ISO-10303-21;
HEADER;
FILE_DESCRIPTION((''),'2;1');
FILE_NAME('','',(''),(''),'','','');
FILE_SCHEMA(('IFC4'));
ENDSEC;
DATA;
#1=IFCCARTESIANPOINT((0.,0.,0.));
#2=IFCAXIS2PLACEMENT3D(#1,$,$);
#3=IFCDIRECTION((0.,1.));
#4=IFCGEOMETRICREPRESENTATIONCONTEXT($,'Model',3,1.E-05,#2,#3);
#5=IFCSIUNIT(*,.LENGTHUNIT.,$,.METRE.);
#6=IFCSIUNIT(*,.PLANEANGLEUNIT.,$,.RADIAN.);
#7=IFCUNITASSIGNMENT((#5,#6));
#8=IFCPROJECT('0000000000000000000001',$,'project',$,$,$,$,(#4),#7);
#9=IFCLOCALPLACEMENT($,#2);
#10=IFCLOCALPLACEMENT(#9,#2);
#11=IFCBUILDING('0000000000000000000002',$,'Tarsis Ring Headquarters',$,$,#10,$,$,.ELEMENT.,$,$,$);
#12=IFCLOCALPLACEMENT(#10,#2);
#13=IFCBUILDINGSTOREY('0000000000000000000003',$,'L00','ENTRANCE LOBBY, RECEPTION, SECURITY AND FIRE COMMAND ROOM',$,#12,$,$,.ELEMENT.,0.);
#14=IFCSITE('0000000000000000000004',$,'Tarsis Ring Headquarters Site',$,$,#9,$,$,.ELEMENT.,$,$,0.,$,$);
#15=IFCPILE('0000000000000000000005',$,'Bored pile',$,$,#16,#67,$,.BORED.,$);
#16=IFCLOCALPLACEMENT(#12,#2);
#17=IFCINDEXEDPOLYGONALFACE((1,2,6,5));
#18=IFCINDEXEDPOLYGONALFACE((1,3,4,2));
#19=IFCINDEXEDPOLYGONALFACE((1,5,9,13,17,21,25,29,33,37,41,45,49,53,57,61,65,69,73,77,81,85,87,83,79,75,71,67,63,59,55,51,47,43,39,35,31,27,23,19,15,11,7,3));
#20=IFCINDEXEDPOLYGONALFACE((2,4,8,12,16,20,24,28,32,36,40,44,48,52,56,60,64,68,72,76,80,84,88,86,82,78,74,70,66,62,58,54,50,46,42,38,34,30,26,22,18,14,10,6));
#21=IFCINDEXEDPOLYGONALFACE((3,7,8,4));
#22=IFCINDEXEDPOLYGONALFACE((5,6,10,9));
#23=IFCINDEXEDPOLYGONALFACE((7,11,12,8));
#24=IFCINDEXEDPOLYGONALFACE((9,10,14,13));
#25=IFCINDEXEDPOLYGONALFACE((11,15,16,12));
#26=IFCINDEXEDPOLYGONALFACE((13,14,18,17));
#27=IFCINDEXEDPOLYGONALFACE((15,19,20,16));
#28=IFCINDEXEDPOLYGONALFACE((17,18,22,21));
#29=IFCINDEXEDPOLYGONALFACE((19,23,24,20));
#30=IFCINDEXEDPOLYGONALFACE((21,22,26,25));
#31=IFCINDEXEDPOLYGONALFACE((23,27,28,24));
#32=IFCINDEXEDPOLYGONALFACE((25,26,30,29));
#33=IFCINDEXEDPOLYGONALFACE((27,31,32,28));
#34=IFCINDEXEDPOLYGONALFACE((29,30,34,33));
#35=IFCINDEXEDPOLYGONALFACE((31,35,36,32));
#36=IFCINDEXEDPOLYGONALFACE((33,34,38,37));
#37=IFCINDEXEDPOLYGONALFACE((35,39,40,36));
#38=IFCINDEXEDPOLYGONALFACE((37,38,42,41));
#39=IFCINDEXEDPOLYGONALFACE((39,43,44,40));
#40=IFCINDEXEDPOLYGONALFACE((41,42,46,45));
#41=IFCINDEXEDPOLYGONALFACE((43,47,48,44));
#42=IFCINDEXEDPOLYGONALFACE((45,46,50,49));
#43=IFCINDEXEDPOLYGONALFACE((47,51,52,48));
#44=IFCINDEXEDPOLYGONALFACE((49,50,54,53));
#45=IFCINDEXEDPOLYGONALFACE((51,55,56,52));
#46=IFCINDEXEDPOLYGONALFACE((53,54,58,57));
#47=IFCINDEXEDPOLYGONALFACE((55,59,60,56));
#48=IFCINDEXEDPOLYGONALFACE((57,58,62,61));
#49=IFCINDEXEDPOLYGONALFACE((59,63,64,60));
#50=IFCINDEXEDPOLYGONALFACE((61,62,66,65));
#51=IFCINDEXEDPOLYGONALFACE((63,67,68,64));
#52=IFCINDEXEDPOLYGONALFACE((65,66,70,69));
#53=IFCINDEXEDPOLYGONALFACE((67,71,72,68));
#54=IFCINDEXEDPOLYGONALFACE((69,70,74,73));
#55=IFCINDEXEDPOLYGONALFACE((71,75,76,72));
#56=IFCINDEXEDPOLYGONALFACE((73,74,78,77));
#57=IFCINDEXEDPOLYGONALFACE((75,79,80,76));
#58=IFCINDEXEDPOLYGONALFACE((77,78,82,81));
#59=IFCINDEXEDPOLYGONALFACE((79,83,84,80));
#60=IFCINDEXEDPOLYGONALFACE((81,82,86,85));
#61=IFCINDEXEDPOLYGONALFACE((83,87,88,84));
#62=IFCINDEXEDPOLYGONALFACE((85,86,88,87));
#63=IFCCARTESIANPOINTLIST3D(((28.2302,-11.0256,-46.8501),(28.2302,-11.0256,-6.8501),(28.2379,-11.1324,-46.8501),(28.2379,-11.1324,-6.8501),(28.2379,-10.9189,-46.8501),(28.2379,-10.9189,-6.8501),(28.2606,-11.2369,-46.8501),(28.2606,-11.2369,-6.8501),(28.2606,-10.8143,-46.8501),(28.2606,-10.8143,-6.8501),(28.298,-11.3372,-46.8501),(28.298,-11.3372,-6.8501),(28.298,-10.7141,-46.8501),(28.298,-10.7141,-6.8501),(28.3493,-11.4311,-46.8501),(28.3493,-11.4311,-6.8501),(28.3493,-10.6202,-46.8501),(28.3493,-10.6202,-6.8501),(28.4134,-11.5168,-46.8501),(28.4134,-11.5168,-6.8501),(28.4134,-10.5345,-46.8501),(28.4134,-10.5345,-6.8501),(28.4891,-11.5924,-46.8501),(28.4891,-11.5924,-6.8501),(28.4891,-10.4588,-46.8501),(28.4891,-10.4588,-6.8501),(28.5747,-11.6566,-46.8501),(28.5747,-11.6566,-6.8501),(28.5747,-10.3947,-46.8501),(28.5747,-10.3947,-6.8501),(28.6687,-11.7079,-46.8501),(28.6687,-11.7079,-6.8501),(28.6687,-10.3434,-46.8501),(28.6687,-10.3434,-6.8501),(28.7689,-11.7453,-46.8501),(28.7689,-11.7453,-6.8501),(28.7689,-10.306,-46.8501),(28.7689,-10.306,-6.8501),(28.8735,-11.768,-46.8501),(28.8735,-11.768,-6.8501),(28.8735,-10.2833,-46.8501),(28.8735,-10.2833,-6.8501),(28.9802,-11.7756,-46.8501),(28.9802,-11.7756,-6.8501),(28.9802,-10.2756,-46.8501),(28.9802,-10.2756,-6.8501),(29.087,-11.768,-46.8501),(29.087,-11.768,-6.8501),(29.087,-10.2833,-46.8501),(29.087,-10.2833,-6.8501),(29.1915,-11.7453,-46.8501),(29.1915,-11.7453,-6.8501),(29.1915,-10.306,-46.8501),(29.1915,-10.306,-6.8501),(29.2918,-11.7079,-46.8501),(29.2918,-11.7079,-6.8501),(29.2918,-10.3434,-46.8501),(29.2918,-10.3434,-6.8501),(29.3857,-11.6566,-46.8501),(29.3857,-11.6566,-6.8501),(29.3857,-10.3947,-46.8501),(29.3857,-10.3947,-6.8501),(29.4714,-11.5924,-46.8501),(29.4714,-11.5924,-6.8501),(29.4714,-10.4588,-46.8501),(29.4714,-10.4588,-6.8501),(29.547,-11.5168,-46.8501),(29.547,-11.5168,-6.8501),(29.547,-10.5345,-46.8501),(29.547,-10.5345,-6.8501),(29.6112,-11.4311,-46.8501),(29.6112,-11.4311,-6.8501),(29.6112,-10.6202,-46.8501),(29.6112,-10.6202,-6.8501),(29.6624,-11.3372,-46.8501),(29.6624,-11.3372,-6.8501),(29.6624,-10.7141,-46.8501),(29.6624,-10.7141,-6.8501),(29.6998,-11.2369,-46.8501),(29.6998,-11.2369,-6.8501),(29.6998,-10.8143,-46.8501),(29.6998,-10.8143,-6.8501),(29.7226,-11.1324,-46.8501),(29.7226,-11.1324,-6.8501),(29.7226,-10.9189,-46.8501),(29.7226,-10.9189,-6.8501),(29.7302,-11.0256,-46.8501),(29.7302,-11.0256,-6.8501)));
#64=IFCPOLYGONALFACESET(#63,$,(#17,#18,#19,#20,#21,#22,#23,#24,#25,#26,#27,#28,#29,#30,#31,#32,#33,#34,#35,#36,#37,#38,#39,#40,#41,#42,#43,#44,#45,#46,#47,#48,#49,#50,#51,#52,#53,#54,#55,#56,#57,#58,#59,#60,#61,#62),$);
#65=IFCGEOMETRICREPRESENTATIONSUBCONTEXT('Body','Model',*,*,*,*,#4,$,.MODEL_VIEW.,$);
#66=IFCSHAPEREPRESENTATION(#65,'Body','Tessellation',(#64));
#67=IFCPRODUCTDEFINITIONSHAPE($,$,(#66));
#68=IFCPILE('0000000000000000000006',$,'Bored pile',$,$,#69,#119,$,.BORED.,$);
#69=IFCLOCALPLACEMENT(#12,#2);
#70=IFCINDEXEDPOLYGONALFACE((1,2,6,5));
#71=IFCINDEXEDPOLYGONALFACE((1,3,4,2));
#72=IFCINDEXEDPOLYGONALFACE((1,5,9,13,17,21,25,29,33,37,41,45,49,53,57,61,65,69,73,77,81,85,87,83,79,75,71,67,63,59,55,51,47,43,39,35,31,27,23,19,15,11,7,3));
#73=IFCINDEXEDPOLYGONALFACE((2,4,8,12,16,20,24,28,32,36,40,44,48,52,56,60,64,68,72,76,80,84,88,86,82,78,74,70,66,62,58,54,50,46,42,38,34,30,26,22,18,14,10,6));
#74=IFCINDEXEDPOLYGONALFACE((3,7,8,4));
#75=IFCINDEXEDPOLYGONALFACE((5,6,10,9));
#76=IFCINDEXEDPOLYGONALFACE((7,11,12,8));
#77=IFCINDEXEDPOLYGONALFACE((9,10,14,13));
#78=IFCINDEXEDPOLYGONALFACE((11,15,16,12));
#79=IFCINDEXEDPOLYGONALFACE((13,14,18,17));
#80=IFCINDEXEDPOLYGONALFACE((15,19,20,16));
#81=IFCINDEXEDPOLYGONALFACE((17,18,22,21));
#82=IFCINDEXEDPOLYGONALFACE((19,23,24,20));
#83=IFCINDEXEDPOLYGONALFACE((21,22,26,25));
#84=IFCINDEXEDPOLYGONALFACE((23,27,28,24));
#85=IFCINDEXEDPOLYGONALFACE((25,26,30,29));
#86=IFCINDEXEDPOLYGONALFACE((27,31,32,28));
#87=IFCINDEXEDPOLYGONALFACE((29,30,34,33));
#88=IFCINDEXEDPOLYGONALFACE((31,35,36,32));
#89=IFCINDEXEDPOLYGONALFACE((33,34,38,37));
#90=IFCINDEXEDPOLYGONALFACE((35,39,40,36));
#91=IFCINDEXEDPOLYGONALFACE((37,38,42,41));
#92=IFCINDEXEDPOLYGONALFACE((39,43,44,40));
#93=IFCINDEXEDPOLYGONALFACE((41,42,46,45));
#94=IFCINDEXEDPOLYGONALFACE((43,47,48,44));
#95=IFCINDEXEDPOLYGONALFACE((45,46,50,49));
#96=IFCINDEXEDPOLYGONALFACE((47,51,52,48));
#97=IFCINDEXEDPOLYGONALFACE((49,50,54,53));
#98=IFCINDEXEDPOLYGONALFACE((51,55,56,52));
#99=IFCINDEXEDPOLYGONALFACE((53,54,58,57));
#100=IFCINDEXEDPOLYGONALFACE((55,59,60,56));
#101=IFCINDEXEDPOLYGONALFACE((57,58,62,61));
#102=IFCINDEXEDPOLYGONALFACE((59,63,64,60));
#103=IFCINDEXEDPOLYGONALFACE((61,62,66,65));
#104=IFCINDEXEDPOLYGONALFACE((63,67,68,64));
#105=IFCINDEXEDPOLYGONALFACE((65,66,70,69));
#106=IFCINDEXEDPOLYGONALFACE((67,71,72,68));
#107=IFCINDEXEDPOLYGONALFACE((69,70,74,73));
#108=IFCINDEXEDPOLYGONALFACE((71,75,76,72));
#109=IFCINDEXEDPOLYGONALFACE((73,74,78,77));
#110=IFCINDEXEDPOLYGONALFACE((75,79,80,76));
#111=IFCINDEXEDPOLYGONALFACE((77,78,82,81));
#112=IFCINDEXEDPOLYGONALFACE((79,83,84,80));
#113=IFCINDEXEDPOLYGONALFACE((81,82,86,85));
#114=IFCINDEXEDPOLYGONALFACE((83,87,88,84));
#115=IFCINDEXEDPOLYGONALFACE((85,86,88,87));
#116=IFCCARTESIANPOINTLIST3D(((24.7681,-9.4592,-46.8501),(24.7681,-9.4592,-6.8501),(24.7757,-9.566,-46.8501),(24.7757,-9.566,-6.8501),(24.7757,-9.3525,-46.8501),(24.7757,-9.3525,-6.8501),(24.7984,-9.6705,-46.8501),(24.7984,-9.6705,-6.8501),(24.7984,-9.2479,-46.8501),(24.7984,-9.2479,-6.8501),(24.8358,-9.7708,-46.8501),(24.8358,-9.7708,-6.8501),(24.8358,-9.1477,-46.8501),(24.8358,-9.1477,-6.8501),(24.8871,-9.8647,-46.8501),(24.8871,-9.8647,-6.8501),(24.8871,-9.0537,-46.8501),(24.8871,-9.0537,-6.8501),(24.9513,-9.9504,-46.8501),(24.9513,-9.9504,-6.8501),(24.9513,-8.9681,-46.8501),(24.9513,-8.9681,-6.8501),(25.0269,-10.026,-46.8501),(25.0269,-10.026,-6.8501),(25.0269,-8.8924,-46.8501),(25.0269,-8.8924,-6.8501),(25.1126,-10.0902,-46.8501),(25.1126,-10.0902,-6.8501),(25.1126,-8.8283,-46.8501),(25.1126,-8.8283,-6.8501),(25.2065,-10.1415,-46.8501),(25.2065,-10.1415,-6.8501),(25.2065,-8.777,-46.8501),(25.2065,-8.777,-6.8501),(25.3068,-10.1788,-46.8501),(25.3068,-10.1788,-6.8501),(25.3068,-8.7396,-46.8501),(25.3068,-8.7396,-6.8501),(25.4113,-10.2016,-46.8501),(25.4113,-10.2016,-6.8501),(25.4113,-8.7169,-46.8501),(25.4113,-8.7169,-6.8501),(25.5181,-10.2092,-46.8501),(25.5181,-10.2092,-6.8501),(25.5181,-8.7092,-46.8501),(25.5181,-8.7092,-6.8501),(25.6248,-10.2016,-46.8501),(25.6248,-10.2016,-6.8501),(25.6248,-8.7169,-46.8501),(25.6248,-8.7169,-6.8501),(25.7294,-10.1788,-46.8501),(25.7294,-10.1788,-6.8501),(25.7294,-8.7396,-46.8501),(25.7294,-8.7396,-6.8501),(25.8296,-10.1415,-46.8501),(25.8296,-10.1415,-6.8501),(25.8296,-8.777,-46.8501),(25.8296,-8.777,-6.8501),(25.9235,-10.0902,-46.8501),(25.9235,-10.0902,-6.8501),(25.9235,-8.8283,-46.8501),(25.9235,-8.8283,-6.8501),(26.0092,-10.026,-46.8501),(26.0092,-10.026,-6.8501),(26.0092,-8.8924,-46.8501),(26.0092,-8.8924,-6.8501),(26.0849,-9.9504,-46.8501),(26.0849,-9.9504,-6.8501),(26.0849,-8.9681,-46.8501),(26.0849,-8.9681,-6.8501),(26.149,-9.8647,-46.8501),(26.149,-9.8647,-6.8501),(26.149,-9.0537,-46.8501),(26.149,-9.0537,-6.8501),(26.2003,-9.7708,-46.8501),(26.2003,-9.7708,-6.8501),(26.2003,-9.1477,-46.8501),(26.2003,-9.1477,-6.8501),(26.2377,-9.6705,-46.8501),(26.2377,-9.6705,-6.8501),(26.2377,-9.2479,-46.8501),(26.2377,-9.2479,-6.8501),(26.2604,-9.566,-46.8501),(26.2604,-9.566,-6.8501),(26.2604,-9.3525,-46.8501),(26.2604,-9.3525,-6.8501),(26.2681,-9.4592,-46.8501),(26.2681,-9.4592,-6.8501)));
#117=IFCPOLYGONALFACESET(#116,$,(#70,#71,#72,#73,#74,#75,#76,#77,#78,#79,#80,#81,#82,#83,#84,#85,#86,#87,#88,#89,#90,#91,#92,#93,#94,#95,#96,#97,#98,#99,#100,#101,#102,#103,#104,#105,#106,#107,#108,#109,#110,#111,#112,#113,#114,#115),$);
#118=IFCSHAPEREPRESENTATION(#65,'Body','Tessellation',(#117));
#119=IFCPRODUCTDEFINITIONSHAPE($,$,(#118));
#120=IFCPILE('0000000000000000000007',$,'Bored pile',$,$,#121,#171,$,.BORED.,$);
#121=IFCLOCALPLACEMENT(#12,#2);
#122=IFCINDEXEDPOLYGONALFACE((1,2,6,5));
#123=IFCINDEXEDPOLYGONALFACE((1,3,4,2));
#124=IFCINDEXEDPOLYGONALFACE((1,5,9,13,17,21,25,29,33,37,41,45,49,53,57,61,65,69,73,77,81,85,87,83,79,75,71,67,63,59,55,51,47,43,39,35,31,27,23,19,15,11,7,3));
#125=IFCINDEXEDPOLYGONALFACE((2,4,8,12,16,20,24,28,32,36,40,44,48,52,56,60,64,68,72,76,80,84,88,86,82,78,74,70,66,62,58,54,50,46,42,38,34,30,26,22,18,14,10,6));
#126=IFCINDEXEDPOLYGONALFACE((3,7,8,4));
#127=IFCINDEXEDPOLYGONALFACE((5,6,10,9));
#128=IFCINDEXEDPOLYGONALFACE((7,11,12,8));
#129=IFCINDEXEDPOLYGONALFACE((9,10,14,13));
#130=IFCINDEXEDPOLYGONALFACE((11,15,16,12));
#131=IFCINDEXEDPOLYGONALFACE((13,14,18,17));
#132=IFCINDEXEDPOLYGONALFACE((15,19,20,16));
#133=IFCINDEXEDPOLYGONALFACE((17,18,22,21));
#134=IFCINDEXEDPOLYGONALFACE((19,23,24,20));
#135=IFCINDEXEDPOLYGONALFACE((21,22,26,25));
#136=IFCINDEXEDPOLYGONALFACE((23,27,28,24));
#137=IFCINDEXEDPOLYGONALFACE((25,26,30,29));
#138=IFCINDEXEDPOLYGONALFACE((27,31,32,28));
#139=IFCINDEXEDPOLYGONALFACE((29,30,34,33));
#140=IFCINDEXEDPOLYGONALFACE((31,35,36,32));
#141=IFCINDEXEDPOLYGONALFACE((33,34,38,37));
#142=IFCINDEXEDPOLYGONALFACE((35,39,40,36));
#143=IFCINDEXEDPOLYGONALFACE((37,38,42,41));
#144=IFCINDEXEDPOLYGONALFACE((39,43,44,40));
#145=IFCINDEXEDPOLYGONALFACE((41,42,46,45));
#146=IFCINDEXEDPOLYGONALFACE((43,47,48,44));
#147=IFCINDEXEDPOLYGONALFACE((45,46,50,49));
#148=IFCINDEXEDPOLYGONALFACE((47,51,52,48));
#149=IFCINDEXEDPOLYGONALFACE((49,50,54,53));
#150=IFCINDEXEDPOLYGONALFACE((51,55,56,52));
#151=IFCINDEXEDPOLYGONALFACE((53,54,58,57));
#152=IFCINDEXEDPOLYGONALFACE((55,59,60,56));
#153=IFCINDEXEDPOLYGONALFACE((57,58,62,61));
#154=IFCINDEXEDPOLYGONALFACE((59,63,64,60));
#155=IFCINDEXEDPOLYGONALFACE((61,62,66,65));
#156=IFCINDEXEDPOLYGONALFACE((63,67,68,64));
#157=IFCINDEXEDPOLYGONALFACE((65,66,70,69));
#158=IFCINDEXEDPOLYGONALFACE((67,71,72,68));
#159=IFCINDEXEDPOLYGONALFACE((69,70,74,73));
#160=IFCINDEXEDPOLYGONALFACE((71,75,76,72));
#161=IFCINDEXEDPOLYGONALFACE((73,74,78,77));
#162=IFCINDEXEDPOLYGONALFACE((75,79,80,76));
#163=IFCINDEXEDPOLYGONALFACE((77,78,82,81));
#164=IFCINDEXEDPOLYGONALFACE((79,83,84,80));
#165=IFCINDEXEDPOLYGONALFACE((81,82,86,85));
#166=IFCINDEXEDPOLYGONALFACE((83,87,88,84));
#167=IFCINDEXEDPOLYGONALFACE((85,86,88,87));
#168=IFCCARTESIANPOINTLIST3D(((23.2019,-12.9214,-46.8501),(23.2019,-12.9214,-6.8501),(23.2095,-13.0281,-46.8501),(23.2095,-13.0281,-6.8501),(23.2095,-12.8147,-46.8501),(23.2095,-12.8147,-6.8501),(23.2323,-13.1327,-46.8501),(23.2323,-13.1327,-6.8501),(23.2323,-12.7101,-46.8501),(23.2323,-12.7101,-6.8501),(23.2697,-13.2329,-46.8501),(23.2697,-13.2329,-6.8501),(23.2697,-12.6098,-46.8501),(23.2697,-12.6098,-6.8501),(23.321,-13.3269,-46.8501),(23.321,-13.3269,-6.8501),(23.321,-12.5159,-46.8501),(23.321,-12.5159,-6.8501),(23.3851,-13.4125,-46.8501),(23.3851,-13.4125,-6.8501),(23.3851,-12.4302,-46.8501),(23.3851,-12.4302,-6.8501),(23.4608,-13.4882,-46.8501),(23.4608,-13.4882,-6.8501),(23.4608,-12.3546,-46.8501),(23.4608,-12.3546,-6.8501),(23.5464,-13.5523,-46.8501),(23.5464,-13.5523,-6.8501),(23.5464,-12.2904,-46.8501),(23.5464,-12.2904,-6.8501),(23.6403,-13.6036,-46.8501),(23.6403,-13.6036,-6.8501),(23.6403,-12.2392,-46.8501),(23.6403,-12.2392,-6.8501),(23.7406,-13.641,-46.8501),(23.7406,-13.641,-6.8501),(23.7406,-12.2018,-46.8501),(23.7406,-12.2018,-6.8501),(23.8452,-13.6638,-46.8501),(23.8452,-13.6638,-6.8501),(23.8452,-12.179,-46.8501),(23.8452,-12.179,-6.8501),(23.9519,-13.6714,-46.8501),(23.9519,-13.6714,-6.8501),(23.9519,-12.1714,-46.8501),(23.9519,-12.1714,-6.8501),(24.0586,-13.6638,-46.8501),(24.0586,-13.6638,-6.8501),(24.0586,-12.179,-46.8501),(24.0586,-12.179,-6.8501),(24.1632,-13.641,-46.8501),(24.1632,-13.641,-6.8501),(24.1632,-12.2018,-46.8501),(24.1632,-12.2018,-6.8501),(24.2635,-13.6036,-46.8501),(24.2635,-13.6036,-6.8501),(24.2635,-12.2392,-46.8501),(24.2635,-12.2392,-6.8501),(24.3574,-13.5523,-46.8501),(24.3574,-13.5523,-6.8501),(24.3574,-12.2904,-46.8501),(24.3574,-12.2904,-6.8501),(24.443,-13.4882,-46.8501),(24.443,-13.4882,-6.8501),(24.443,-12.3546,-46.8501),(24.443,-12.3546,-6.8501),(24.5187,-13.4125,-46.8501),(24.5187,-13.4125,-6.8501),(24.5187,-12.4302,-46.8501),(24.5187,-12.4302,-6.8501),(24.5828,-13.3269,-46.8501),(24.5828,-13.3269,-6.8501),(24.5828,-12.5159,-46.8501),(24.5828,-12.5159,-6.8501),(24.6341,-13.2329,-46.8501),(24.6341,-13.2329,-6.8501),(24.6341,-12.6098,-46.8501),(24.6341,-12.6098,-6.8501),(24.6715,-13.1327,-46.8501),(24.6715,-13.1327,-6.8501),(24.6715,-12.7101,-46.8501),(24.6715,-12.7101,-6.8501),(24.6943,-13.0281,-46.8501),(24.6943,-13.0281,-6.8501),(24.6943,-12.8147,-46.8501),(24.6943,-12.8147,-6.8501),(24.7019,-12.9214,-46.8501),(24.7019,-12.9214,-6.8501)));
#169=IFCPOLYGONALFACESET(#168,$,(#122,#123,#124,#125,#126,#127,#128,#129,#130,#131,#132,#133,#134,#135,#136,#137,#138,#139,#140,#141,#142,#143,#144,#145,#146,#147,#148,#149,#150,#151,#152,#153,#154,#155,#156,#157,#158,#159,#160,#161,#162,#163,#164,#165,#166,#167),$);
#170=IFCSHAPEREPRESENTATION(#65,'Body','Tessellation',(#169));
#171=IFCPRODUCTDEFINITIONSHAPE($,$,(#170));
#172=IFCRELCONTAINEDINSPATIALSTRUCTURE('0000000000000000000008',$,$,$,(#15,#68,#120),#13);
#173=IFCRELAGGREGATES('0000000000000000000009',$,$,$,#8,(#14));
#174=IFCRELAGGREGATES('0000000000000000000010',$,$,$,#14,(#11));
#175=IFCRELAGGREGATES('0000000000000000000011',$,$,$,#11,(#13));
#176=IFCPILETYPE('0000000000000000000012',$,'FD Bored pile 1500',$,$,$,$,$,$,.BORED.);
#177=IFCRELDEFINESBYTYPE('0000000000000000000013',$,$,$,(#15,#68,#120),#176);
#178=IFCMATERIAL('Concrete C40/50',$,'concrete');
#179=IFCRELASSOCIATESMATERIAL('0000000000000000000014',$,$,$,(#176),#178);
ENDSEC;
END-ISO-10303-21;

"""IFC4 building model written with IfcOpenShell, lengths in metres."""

from ifc_helpers import new_model, si_unit, direction, frame, origin, origin_2d, place, context, subcontext, project, spatial, circle, extrude, material, material_profile, profile_set, type_object, element, save


model = new_model("IFC4")

# Units and contexts
model_context = context("Model", 3, precision=1e-05, world=origin(), true_north=direction((0.0, 1.0)))
body_context = subcontext(model_context, "Body", "Model", "MODEL_VIEW")
ifc_project = project(units=[si_unit("LENGTHUNIT", "METRE"), si_unit("PLANEANGLEUNIT", "RADIAN")], contexts=[model_context])

# Site, building, storey
site_placement = place(None, origin())
site = spatial("IfcSite", under=ifc_project, at=site_placement, Name="Tarsis Ring Headquarters Site", CompositionType="ELEMENT", RefElevation=0.0)
building_placement = place(site_placement, origin())
building = spatial("IfcBuilding", under=site, at=building_placement, Name="Tarsis Ring Headquarters", CompositionType="ELEMENT")
storey_placement = place(building_placement, origin())
storey = spatial("IfcBuildingStorey", under=building, at=storey_placement, Name="L00", Description="ENTRANCE LOBBY, RECEPTION, SECURITY AND FIRE COMMAND ROOM", CompositionType="ELEMENT", Elevation=0.0)

# Piles
ifc_material_1 = material(Name="Concrete C40/50", Category="concrete")
ifc_material_profile_1 = material_profile(ifc_material_1, circle(Radius=0.75, at=origin_2d()), Name="BORED 1500")
ifc_profile_set_1 = profile_set([ifc_material_profile_1], Name="Concrete C40/50")
pile_type_1 = type_object("IfcPileType", Name="FD Bored pile 1500", PredefinedType="BORED", material=ifc_profile_set_1)
for number, where, z_axis, x_axis, name in (
    (1, (28.9802, -11.0256, -6.8501), (0.0, 0.0, -1.0), (1.0, 0.0, 0.0), "Bored pile"),
    (2, (25.5181, -9.4592, -6.8501), (0.0, 0.0, -1.0), (1.0, 0.0, 0.0), "Bored pile"),
    (3, (23.9519, -12.9214, -6.8501), (0.0, 0.0, -1.0), (1.0, 0.0, 0.0), "Bored pile"),
):
    element("IfcPile", number, at=place(storey_placement, frame(where, z_axis=z_axis, x_axis=x_axis)), inside=storey, type_object=pile_type_1, Name=name, PredefinedType="BORED", context=body_context, shape_type="SweptSolid", body=[
        extrude(circle(Radius=0.75, at=origin_2d()), origin(), (0.0, 0.0, 1.0), 40.0),
    ])

save(model, "model.ifc")
